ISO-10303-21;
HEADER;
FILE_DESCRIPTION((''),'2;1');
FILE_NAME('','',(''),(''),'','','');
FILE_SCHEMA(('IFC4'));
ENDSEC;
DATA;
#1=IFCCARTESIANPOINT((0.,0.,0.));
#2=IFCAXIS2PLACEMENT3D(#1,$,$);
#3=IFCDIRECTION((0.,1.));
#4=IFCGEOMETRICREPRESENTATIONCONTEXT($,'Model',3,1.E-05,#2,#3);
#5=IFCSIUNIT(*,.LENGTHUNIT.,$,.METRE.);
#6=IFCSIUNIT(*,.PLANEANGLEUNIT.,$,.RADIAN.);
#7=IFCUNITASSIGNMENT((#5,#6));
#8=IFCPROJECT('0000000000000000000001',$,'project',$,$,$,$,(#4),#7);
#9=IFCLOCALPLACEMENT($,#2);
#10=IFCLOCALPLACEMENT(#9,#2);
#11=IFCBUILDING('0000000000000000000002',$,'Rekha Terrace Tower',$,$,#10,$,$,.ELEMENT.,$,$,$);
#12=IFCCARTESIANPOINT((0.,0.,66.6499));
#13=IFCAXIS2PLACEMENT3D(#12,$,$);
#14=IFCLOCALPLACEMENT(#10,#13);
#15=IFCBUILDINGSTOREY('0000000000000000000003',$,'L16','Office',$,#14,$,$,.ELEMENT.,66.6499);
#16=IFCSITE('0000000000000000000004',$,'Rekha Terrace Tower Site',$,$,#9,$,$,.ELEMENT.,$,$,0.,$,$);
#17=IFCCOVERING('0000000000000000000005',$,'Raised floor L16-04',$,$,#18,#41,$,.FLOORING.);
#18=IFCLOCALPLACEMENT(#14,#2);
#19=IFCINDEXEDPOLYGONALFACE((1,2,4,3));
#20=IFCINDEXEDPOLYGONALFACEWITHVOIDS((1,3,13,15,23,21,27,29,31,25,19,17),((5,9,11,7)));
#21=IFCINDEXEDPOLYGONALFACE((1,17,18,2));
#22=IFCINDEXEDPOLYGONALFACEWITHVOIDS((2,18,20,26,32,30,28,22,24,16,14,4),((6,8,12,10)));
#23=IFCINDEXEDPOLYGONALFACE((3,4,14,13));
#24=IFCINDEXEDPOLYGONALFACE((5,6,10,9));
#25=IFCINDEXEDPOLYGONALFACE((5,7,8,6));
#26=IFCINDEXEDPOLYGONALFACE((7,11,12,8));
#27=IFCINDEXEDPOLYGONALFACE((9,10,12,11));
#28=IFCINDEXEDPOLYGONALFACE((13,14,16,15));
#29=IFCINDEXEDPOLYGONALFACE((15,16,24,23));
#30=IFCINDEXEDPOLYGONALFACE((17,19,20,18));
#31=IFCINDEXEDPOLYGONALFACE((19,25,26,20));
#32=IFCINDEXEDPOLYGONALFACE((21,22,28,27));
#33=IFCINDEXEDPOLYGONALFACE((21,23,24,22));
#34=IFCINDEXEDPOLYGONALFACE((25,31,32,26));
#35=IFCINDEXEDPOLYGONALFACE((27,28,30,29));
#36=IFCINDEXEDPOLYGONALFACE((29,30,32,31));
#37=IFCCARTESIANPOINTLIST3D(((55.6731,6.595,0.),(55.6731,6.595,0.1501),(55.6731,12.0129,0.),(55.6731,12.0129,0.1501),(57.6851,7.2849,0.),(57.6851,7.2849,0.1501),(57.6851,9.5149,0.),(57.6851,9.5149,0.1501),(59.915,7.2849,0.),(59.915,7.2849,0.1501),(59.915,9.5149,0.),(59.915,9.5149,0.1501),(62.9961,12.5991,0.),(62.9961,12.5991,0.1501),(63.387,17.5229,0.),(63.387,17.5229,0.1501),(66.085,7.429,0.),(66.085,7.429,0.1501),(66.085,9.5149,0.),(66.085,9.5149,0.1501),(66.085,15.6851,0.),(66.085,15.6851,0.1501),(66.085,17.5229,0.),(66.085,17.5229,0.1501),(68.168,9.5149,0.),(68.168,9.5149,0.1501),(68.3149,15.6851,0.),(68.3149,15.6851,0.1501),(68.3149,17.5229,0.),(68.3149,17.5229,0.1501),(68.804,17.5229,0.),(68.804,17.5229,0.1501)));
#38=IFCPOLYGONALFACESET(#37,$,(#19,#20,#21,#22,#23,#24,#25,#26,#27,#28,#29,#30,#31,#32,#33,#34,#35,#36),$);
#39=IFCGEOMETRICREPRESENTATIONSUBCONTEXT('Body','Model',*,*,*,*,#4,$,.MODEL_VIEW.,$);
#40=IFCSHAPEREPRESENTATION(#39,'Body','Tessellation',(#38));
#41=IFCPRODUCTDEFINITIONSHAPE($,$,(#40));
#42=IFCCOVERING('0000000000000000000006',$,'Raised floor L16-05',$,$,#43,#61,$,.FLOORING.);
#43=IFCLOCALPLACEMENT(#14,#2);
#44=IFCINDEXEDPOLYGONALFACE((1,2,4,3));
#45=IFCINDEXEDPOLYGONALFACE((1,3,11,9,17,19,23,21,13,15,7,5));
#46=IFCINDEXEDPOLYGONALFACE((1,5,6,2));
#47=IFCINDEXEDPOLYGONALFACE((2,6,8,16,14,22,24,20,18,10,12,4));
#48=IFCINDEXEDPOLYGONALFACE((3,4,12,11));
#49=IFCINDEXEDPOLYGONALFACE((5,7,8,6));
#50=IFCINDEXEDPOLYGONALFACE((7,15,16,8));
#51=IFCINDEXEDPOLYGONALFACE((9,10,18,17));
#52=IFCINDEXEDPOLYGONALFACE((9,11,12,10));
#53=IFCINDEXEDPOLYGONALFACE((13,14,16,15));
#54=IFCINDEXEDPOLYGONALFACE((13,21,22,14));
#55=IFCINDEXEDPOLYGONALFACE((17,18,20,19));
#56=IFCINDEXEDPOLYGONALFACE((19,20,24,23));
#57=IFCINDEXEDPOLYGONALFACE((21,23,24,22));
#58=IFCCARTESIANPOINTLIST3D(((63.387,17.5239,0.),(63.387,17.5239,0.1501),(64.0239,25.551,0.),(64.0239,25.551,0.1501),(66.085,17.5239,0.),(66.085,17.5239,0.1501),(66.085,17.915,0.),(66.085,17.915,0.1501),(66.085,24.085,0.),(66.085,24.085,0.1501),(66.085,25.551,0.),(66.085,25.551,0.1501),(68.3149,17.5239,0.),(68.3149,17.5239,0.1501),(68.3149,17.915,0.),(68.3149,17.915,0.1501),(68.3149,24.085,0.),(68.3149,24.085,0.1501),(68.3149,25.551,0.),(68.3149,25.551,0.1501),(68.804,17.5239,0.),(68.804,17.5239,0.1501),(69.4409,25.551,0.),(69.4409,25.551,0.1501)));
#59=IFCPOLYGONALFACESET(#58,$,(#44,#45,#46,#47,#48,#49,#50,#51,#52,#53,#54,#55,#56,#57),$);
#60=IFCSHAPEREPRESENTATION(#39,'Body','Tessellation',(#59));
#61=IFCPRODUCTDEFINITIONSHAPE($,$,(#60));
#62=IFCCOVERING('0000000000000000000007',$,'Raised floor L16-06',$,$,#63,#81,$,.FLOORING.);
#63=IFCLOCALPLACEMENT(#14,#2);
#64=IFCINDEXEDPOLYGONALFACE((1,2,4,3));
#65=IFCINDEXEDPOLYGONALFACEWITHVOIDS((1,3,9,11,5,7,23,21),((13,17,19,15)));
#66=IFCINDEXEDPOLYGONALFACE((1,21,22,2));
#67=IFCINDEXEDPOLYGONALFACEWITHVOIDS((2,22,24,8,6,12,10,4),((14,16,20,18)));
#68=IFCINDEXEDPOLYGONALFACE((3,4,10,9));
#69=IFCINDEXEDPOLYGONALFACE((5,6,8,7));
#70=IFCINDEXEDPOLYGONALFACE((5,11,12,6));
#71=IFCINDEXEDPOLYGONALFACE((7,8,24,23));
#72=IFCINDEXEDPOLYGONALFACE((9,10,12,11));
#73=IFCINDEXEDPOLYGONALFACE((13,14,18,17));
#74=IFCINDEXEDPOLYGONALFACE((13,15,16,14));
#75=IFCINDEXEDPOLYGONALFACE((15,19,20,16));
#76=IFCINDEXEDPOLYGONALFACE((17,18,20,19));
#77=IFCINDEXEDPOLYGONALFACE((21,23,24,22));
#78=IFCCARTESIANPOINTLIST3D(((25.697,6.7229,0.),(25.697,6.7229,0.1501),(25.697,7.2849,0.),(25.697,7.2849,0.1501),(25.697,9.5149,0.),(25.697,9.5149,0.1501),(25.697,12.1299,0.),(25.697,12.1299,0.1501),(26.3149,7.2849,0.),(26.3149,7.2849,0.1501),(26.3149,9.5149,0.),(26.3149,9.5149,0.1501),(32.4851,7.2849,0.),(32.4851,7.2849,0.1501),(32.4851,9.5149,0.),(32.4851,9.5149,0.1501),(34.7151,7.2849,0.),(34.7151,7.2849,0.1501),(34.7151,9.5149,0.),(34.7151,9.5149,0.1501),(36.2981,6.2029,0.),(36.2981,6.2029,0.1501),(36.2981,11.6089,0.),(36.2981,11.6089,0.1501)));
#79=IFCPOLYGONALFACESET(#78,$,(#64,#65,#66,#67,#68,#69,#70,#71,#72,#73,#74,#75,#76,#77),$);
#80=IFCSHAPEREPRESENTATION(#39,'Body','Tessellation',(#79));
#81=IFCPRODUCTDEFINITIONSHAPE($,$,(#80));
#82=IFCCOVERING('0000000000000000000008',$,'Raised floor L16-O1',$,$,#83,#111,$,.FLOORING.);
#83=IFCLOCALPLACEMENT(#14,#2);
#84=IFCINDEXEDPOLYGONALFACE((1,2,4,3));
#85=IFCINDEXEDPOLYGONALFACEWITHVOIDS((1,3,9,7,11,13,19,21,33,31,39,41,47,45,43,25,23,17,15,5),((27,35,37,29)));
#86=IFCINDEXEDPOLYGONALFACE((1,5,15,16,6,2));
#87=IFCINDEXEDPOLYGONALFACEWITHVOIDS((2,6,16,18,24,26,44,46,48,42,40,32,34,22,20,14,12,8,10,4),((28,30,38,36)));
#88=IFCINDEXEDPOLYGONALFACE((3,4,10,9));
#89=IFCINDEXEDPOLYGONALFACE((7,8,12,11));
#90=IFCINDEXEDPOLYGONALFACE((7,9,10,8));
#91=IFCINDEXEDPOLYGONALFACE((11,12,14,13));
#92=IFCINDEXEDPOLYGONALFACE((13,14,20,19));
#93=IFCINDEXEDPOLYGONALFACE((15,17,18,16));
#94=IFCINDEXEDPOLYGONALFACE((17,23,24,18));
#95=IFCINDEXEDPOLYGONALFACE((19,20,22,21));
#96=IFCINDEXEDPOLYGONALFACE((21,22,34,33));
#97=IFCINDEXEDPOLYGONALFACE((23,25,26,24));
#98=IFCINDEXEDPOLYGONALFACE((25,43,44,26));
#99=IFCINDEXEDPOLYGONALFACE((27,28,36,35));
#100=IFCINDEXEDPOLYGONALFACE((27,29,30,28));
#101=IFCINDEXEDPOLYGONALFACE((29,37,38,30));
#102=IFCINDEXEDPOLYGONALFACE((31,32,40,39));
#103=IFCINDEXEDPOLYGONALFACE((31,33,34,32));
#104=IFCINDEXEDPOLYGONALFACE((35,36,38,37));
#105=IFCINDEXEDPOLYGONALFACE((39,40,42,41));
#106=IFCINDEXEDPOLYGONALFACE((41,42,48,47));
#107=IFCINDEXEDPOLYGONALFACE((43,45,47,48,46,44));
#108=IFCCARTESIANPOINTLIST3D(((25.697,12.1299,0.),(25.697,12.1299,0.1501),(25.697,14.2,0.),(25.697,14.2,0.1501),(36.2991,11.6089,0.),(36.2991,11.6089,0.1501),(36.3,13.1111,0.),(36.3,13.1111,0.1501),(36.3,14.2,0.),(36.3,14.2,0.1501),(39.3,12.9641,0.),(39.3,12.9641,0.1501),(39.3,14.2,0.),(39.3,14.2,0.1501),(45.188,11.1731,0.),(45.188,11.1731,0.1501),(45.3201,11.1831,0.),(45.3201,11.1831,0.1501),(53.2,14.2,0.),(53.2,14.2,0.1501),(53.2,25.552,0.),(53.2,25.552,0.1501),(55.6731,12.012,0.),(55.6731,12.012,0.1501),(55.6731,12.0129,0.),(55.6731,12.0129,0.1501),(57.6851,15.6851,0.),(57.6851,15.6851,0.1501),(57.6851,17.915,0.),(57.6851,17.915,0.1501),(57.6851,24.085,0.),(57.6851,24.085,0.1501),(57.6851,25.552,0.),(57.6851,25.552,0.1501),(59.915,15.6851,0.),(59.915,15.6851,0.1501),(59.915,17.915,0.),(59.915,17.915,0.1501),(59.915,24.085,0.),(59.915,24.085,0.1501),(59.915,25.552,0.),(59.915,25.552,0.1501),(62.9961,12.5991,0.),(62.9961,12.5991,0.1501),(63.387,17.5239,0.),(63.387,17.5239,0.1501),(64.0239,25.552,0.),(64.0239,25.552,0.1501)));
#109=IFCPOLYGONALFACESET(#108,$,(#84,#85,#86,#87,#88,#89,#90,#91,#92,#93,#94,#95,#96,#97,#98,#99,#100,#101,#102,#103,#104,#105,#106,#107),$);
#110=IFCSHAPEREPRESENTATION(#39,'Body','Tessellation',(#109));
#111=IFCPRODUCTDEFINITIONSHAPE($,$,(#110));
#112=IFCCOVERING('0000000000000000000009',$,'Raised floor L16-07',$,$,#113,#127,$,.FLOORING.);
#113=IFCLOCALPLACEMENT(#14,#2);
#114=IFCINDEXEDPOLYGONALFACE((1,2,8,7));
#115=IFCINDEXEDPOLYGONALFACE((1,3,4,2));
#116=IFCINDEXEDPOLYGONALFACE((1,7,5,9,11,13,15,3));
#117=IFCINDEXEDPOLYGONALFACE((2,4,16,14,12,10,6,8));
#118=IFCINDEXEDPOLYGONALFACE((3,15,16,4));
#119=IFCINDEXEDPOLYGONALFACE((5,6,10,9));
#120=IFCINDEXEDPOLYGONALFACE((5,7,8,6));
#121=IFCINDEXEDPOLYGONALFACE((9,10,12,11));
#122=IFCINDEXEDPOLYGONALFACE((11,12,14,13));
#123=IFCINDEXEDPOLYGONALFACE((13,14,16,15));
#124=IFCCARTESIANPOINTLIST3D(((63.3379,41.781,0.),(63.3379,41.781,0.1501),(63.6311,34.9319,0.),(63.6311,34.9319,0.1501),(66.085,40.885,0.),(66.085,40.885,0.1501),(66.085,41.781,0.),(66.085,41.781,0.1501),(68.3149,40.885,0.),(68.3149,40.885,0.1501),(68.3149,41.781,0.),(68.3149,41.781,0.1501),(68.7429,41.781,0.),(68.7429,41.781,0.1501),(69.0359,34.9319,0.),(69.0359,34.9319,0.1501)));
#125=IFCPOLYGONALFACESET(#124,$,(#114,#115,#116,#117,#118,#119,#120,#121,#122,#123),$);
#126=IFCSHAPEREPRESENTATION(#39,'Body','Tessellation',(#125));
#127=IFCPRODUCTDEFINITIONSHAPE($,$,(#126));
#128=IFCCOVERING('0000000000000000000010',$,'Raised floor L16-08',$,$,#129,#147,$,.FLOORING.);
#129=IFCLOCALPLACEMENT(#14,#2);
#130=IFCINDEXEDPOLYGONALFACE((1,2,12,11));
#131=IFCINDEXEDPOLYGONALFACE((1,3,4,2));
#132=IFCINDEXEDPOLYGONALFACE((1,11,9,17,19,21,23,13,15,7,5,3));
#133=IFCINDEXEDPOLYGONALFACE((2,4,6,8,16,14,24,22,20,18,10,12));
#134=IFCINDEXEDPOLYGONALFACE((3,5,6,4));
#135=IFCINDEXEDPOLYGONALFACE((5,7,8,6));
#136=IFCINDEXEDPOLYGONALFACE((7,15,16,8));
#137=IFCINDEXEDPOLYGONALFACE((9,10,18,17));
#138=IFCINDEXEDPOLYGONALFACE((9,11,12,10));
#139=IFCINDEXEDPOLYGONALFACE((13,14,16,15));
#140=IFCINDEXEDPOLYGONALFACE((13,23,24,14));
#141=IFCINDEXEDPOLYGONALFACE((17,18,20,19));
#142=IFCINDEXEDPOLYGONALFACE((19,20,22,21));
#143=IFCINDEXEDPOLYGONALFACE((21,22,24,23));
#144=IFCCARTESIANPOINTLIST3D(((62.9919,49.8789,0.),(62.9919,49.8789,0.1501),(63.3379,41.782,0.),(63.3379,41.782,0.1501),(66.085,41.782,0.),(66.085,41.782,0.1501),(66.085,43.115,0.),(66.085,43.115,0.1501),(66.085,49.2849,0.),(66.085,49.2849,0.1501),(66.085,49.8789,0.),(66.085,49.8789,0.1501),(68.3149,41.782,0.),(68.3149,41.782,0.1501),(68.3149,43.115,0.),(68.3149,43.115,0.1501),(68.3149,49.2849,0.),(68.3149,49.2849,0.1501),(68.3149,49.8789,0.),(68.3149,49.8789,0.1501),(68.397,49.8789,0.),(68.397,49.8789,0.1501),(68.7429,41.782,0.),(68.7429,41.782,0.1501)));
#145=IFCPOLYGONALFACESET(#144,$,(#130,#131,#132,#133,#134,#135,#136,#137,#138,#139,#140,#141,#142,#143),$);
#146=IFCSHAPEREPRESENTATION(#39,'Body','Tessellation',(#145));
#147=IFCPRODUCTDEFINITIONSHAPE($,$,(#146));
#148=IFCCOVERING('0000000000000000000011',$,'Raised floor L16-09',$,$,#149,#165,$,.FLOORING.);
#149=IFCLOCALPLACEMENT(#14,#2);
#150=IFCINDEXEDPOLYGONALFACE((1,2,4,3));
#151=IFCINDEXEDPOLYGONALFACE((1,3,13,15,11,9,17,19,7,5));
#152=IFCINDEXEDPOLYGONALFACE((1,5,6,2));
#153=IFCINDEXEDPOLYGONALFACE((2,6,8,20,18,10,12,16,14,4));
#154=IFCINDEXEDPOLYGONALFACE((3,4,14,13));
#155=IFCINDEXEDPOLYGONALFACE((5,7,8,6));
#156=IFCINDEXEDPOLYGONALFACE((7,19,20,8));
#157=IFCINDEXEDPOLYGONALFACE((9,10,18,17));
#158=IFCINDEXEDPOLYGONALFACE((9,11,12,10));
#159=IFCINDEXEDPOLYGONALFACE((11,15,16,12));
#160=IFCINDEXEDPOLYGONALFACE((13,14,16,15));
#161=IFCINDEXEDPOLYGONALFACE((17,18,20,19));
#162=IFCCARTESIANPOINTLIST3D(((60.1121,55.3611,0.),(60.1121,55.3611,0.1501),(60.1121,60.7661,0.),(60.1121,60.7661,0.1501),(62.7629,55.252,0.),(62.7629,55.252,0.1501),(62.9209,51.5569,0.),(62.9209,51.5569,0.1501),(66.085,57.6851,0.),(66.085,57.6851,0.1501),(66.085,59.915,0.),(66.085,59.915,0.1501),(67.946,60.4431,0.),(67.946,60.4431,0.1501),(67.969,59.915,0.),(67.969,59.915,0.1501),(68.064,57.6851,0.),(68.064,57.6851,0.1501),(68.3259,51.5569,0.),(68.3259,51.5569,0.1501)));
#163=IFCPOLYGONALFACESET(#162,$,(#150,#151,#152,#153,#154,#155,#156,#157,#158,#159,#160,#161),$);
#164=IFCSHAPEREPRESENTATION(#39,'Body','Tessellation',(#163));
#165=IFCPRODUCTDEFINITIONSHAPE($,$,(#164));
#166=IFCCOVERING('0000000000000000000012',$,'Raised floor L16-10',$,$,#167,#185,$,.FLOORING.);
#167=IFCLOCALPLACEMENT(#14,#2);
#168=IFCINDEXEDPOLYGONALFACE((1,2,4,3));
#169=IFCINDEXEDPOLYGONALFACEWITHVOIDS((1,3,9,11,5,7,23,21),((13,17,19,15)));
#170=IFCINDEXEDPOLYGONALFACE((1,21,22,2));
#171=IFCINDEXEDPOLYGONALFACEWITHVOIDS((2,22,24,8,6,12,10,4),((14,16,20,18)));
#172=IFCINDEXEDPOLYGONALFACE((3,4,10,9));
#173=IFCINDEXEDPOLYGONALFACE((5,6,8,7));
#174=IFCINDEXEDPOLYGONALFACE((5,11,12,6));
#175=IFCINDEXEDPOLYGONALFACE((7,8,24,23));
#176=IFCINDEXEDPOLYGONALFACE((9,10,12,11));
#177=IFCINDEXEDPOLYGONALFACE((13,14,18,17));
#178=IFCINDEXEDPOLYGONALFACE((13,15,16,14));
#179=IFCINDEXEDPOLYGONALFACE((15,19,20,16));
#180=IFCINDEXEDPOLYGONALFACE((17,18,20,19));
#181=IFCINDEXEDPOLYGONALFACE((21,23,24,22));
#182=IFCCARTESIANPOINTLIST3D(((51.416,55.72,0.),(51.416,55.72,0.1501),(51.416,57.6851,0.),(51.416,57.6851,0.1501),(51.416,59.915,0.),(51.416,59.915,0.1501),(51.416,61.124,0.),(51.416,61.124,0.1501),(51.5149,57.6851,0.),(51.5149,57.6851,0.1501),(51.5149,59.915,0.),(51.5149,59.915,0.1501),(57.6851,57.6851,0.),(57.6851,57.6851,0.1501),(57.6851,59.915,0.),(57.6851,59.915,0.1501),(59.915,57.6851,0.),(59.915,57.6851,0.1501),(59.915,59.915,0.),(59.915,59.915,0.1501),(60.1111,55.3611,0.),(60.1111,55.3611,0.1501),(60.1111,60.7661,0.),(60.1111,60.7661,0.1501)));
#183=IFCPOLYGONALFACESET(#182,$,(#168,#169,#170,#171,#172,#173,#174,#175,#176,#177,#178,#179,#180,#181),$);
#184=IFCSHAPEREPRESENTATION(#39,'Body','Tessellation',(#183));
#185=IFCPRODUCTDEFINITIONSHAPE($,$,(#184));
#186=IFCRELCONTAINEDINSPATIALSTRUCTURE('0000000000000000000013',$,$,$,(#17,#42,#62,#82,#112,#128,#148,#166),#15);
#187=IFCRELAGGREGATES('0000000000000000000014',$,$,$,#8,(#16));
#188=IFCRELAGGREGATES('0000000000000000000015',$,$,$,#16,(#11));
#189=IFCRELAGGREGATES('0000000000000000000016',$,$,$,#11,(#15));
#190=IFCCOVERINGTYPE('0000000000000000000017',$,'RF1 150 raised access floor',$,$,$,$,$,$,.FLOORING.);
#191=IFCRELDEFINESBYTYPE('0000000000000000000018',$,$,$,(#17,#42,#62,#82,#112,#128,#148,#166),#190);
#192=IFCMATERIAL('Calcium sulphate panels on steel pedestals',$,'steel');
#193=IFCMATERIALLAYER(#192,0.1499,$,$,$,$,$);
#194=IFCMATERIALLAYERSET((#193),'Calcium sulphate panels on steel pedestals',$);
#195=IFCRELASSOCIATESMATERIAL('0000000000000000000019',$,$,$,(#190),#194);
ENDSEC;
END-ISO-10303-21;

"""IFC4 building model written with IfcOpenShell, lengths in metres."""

from ifc_helpers import new_model, si_unit, direction, frame, origin, place, context, subcontext, project, spatial, polyline, outline, extrude, material, layer, layer_set, type_object, element, save


model = new_model("IFC4")

# Units and contexts
model_context = context("Model", 3, precision=1e-05, world=origin(), true_north=direction((0.0, 1.0)))
body_context = subcontext(model_context, "Body", "Model", "MODEL_VIEW")
ifc_project = project(units=[si_unit("LENGTHUNIT", "METRE"), si_unit("PLANEANGLEUNIT", "RADIAN")], contexts=[model_context])

# Site, building, storey
site_placement = place(None, origin())
site = spatial("IfcSite", under=ifc_project, at=site_placement, Name="Rekha Terrace Tower Site", CompositionType="ELEMENT", RefElevation=0.0)
building_placement = place(site_placement, origin())
building = spatial("IfcBuilding", under=site, at=building_placement, Name="Rekha Terrace Tower", CompositionType="ELEMENT")
storey_placement = place(building_placement, frame((0.0, 0.0, 66.6499)))
storey = spatial("IfcBuildingStorey", under=building, at=storey_placement, Name="L16", Description="Office", CompositionType="ELEMENT", Elevation=66.6499)

# Coverings
ifc_material_1 = material(Name="Calcium sulphate panels on steel pedestals", Category="steel")
ifc_layer_1 = layer(ifc_material_1, 0.1499)
ifc_layer_set_1 = layer_set([ifc_layer_1], Name="Calcium sulphate panels on steel pedestals")
covering_type_1 = type_object("IfcCoveringType", Name="RF1 150 raised access floor", PredefinedType="FLOORING", material=ifc_layer_set_1)
covering_1_placement = place(storey_placement, origin())
element("IfcCovering", 1, at=covering_1_placement, inside=storey, type_object=covering_type_1, Name="Raised floor L16-04", PredefinedType="FLOORING", context=body_context, shape_type="SweptSolid", body=[
    extrude(outline(polyline([(62.9961, 12.5991), (55.6731, 12.0129), (55.6731, 6.595), (66.085, 7.429), (66.085, 9.5149), (68.168, 9.5149), (68.804, 17.5229), (68.3149, 17.5229), (68.3149, 15.6851), (66.085, 15.6851), (66.085, 17.5229), (63.387, 17.5229), (62.9961, 12.5991)]), holes=[polyline([(59.915, 7.2849), (57.6851, 7.2849), (57.6851, 9.5149), (59.915, 9.5149), (59.915, 7.2849)])]), origin(), (0.0, 0.0, 1.0), 0.1501),
])
covering_2_placement = place(storey_placement, origin())
element("IfcCovering", 2, at=covering_2_placement, inside=storey, type_object=covering_type_1, Name="Raised floor L16-05", PredefinedType="FLOORING", context=body_context, shape_type="SweptSolid", body=[
    extrude(outline(polyline([(68.3149, 17.915), (68.3149, 17.5239), (68.804, 17.5239), (69.4409, 25.551), (68.3149, 25.551), (68.3149, 24.085), (66.085, 24.085), (66.085, 25.551), (64.0239, 25.551), (63.387, 17.5239), (66.085, 17.5239), (66.085, 17.915), (68.3149, 17.915)])), origin(), (0.0, 0.0, 1.0), 0.1501),
])
covering_3_placement = place(storey_placement, origin())
element("IfcCovering", 3, at=covering_3_placement, inside=storey, type_object=covering_type_1, Name="Raised floor L16-06", PredefinedType="FLOORING", context=body_context, shape_type="SweptSolid", body=[
    extrude(outline(polyline([(36.2981, 6.2029), (36.2981, 11.6089), (25.697, 12.1299), (25.697, 9.5149), (26.3149, 9.5149), (26.3149, 7.2849), (25.697, 7.2849), (25.697, 6.7229), (36.2981, 6.2029)]), holes=[polyline([(34.7151, 7.2849), (32.4851, 7.2849), (32.4851, 9.5149), (34.7151, 9.5149), (34.7151, 7.2849)])]), origin(), (0.0, 0.0, 1.0), 0.1501),
])
covering_4_placement = place(storey_placement, origin())
element("IfcCovering", 4, at=covering_4_placement, inside=storey, type_object=covering_type_1, Name="Raised floor L16-O1", PredefinedType="FLOORING", context=body_context, shape_type="SweptSolid", body=[
    extrude(outline(polyline([(25.697, 12.1299), (36.2991, 11.6089), (45.188, 11.1731), (45.3201, 11.1831), (55.6731, 12.012), (55.6731, 12.0129), (62.9961, 12.5991), (63.387, 17.5239), (64.0239, 25.552), (59.915, 25.552), (59.915, 24.085), (57.6851, 24.085), (57.6851, 25.552), (53.2, 25.552), (53.2, 14.2), (39.3, 14.2), (39.3, 12.9641), (36.3, 13.1111), (36.3, 14.2), (25.697, 14.2), (25.697, 12.1299)]), holes=[polyline([(59.915, 17.915), (59.915, 15.6851), (57.6851, 15.6851), (57.6851, 17.915), (59.915, 17.915)])]), origin(), (0.0, 0.0, 1.0), 0.1501),
])
covering_5_placement = place(storey_placement, origin())
element("IfcCovering", 5, at=covering_5_placement, inside=storey, type_object=covering_type_1, Name="Raised floor L16-07", PredefinedType="FLOORING", context=body_context, shape_type="SweptSolid", body=[
    extrude(outline(polyline([(63.6311, 34.9319), (69.0359, 34.9319), (68.7429, 41.781), (68.3149, 41.781), (68.3149, 40.885), (66.085, 40.885), (66.085, 41.781), (63.3379, 41.781), (63.6311, 34.9319)])), origin(), (0.0, 0.0, 1.0), 0.1501),
])
covering_6_placement = place(storey_placement, origin())
element("IfcCovering", 6, at=covering_6_placement, inside=storey, type_object=covering_type_1, Name="Raised floor L16-08", PredefinedType="FLOORING", context=body_context, shape_type="SweptSolid", body=[
    extrude(outline(polyline([(68.3149, 41.782), (68.7429, 41.782), (68.397, 49.8789), (68.3149, 49.8789), (68.3149, 49.2849), (66.085, 49.2849), (66.085, 49.8789), (62.9919, 49.8789), (63.3379, 41.782), (66.085, 41.782), (66.085, 43.115), (68.3149, 43.115), (68.3149, 41.782)])), origin(), (0.0, 0.0, 1.0), 0.1501),
])
covering_7_placement = place(storey_placement, origin())
element("IfcCovering", 7, at=covering_7_placement, inside=storey, type_object=covering_type_1, Name="Raised floor L16-09", PredefinedType="FLOORING", context=body_context, shape_type="SweptSolid", body=[
    extrude(outline(polyline([(67.946, 60.4431), (60.1121, 60.7661), (60.1121, 55.3611), (62.7629, 55.252), (62.9209, 51.5569), (68.3259, 51.5569), (68.064, 57.6851), (66.085, 57.6851), (66.085, 59.915), (67.969, 59.915), (67.946, 60.4431)])), origin(), (0.0, 0.0, 1.0), 0.1501),
])
covering_8_placement = place(storey_placement, origin())
element("IfcCovering", 8, at=covering_8_placement, inside=storey, type_object=covering_type_1, Name="Raised floor L16-10", PredefinedType="FLOORING", context=body_context, shape_type="SweptSolid", body=[
    extrude(outline(polyline([(60.1111, 55.3611), (60.1111, 60.7661), (51.416, 61.124), (51.416, 59.915), (51.5149, 59.915), (51.5149, 57.6851), (51.416, 57.6851), (51.416, 55.72), (60.1111, 55.3611)]), holes=[polyline([(59.915, 57.6851), (57.6851, 57.6851), (57.6851, 59.915), (59.915, 59.915), (59.915, 57.6851)])]), origin(), (0.0, 0.0, 1.0), 0.1501),
])

save(model, "model.ifc")
